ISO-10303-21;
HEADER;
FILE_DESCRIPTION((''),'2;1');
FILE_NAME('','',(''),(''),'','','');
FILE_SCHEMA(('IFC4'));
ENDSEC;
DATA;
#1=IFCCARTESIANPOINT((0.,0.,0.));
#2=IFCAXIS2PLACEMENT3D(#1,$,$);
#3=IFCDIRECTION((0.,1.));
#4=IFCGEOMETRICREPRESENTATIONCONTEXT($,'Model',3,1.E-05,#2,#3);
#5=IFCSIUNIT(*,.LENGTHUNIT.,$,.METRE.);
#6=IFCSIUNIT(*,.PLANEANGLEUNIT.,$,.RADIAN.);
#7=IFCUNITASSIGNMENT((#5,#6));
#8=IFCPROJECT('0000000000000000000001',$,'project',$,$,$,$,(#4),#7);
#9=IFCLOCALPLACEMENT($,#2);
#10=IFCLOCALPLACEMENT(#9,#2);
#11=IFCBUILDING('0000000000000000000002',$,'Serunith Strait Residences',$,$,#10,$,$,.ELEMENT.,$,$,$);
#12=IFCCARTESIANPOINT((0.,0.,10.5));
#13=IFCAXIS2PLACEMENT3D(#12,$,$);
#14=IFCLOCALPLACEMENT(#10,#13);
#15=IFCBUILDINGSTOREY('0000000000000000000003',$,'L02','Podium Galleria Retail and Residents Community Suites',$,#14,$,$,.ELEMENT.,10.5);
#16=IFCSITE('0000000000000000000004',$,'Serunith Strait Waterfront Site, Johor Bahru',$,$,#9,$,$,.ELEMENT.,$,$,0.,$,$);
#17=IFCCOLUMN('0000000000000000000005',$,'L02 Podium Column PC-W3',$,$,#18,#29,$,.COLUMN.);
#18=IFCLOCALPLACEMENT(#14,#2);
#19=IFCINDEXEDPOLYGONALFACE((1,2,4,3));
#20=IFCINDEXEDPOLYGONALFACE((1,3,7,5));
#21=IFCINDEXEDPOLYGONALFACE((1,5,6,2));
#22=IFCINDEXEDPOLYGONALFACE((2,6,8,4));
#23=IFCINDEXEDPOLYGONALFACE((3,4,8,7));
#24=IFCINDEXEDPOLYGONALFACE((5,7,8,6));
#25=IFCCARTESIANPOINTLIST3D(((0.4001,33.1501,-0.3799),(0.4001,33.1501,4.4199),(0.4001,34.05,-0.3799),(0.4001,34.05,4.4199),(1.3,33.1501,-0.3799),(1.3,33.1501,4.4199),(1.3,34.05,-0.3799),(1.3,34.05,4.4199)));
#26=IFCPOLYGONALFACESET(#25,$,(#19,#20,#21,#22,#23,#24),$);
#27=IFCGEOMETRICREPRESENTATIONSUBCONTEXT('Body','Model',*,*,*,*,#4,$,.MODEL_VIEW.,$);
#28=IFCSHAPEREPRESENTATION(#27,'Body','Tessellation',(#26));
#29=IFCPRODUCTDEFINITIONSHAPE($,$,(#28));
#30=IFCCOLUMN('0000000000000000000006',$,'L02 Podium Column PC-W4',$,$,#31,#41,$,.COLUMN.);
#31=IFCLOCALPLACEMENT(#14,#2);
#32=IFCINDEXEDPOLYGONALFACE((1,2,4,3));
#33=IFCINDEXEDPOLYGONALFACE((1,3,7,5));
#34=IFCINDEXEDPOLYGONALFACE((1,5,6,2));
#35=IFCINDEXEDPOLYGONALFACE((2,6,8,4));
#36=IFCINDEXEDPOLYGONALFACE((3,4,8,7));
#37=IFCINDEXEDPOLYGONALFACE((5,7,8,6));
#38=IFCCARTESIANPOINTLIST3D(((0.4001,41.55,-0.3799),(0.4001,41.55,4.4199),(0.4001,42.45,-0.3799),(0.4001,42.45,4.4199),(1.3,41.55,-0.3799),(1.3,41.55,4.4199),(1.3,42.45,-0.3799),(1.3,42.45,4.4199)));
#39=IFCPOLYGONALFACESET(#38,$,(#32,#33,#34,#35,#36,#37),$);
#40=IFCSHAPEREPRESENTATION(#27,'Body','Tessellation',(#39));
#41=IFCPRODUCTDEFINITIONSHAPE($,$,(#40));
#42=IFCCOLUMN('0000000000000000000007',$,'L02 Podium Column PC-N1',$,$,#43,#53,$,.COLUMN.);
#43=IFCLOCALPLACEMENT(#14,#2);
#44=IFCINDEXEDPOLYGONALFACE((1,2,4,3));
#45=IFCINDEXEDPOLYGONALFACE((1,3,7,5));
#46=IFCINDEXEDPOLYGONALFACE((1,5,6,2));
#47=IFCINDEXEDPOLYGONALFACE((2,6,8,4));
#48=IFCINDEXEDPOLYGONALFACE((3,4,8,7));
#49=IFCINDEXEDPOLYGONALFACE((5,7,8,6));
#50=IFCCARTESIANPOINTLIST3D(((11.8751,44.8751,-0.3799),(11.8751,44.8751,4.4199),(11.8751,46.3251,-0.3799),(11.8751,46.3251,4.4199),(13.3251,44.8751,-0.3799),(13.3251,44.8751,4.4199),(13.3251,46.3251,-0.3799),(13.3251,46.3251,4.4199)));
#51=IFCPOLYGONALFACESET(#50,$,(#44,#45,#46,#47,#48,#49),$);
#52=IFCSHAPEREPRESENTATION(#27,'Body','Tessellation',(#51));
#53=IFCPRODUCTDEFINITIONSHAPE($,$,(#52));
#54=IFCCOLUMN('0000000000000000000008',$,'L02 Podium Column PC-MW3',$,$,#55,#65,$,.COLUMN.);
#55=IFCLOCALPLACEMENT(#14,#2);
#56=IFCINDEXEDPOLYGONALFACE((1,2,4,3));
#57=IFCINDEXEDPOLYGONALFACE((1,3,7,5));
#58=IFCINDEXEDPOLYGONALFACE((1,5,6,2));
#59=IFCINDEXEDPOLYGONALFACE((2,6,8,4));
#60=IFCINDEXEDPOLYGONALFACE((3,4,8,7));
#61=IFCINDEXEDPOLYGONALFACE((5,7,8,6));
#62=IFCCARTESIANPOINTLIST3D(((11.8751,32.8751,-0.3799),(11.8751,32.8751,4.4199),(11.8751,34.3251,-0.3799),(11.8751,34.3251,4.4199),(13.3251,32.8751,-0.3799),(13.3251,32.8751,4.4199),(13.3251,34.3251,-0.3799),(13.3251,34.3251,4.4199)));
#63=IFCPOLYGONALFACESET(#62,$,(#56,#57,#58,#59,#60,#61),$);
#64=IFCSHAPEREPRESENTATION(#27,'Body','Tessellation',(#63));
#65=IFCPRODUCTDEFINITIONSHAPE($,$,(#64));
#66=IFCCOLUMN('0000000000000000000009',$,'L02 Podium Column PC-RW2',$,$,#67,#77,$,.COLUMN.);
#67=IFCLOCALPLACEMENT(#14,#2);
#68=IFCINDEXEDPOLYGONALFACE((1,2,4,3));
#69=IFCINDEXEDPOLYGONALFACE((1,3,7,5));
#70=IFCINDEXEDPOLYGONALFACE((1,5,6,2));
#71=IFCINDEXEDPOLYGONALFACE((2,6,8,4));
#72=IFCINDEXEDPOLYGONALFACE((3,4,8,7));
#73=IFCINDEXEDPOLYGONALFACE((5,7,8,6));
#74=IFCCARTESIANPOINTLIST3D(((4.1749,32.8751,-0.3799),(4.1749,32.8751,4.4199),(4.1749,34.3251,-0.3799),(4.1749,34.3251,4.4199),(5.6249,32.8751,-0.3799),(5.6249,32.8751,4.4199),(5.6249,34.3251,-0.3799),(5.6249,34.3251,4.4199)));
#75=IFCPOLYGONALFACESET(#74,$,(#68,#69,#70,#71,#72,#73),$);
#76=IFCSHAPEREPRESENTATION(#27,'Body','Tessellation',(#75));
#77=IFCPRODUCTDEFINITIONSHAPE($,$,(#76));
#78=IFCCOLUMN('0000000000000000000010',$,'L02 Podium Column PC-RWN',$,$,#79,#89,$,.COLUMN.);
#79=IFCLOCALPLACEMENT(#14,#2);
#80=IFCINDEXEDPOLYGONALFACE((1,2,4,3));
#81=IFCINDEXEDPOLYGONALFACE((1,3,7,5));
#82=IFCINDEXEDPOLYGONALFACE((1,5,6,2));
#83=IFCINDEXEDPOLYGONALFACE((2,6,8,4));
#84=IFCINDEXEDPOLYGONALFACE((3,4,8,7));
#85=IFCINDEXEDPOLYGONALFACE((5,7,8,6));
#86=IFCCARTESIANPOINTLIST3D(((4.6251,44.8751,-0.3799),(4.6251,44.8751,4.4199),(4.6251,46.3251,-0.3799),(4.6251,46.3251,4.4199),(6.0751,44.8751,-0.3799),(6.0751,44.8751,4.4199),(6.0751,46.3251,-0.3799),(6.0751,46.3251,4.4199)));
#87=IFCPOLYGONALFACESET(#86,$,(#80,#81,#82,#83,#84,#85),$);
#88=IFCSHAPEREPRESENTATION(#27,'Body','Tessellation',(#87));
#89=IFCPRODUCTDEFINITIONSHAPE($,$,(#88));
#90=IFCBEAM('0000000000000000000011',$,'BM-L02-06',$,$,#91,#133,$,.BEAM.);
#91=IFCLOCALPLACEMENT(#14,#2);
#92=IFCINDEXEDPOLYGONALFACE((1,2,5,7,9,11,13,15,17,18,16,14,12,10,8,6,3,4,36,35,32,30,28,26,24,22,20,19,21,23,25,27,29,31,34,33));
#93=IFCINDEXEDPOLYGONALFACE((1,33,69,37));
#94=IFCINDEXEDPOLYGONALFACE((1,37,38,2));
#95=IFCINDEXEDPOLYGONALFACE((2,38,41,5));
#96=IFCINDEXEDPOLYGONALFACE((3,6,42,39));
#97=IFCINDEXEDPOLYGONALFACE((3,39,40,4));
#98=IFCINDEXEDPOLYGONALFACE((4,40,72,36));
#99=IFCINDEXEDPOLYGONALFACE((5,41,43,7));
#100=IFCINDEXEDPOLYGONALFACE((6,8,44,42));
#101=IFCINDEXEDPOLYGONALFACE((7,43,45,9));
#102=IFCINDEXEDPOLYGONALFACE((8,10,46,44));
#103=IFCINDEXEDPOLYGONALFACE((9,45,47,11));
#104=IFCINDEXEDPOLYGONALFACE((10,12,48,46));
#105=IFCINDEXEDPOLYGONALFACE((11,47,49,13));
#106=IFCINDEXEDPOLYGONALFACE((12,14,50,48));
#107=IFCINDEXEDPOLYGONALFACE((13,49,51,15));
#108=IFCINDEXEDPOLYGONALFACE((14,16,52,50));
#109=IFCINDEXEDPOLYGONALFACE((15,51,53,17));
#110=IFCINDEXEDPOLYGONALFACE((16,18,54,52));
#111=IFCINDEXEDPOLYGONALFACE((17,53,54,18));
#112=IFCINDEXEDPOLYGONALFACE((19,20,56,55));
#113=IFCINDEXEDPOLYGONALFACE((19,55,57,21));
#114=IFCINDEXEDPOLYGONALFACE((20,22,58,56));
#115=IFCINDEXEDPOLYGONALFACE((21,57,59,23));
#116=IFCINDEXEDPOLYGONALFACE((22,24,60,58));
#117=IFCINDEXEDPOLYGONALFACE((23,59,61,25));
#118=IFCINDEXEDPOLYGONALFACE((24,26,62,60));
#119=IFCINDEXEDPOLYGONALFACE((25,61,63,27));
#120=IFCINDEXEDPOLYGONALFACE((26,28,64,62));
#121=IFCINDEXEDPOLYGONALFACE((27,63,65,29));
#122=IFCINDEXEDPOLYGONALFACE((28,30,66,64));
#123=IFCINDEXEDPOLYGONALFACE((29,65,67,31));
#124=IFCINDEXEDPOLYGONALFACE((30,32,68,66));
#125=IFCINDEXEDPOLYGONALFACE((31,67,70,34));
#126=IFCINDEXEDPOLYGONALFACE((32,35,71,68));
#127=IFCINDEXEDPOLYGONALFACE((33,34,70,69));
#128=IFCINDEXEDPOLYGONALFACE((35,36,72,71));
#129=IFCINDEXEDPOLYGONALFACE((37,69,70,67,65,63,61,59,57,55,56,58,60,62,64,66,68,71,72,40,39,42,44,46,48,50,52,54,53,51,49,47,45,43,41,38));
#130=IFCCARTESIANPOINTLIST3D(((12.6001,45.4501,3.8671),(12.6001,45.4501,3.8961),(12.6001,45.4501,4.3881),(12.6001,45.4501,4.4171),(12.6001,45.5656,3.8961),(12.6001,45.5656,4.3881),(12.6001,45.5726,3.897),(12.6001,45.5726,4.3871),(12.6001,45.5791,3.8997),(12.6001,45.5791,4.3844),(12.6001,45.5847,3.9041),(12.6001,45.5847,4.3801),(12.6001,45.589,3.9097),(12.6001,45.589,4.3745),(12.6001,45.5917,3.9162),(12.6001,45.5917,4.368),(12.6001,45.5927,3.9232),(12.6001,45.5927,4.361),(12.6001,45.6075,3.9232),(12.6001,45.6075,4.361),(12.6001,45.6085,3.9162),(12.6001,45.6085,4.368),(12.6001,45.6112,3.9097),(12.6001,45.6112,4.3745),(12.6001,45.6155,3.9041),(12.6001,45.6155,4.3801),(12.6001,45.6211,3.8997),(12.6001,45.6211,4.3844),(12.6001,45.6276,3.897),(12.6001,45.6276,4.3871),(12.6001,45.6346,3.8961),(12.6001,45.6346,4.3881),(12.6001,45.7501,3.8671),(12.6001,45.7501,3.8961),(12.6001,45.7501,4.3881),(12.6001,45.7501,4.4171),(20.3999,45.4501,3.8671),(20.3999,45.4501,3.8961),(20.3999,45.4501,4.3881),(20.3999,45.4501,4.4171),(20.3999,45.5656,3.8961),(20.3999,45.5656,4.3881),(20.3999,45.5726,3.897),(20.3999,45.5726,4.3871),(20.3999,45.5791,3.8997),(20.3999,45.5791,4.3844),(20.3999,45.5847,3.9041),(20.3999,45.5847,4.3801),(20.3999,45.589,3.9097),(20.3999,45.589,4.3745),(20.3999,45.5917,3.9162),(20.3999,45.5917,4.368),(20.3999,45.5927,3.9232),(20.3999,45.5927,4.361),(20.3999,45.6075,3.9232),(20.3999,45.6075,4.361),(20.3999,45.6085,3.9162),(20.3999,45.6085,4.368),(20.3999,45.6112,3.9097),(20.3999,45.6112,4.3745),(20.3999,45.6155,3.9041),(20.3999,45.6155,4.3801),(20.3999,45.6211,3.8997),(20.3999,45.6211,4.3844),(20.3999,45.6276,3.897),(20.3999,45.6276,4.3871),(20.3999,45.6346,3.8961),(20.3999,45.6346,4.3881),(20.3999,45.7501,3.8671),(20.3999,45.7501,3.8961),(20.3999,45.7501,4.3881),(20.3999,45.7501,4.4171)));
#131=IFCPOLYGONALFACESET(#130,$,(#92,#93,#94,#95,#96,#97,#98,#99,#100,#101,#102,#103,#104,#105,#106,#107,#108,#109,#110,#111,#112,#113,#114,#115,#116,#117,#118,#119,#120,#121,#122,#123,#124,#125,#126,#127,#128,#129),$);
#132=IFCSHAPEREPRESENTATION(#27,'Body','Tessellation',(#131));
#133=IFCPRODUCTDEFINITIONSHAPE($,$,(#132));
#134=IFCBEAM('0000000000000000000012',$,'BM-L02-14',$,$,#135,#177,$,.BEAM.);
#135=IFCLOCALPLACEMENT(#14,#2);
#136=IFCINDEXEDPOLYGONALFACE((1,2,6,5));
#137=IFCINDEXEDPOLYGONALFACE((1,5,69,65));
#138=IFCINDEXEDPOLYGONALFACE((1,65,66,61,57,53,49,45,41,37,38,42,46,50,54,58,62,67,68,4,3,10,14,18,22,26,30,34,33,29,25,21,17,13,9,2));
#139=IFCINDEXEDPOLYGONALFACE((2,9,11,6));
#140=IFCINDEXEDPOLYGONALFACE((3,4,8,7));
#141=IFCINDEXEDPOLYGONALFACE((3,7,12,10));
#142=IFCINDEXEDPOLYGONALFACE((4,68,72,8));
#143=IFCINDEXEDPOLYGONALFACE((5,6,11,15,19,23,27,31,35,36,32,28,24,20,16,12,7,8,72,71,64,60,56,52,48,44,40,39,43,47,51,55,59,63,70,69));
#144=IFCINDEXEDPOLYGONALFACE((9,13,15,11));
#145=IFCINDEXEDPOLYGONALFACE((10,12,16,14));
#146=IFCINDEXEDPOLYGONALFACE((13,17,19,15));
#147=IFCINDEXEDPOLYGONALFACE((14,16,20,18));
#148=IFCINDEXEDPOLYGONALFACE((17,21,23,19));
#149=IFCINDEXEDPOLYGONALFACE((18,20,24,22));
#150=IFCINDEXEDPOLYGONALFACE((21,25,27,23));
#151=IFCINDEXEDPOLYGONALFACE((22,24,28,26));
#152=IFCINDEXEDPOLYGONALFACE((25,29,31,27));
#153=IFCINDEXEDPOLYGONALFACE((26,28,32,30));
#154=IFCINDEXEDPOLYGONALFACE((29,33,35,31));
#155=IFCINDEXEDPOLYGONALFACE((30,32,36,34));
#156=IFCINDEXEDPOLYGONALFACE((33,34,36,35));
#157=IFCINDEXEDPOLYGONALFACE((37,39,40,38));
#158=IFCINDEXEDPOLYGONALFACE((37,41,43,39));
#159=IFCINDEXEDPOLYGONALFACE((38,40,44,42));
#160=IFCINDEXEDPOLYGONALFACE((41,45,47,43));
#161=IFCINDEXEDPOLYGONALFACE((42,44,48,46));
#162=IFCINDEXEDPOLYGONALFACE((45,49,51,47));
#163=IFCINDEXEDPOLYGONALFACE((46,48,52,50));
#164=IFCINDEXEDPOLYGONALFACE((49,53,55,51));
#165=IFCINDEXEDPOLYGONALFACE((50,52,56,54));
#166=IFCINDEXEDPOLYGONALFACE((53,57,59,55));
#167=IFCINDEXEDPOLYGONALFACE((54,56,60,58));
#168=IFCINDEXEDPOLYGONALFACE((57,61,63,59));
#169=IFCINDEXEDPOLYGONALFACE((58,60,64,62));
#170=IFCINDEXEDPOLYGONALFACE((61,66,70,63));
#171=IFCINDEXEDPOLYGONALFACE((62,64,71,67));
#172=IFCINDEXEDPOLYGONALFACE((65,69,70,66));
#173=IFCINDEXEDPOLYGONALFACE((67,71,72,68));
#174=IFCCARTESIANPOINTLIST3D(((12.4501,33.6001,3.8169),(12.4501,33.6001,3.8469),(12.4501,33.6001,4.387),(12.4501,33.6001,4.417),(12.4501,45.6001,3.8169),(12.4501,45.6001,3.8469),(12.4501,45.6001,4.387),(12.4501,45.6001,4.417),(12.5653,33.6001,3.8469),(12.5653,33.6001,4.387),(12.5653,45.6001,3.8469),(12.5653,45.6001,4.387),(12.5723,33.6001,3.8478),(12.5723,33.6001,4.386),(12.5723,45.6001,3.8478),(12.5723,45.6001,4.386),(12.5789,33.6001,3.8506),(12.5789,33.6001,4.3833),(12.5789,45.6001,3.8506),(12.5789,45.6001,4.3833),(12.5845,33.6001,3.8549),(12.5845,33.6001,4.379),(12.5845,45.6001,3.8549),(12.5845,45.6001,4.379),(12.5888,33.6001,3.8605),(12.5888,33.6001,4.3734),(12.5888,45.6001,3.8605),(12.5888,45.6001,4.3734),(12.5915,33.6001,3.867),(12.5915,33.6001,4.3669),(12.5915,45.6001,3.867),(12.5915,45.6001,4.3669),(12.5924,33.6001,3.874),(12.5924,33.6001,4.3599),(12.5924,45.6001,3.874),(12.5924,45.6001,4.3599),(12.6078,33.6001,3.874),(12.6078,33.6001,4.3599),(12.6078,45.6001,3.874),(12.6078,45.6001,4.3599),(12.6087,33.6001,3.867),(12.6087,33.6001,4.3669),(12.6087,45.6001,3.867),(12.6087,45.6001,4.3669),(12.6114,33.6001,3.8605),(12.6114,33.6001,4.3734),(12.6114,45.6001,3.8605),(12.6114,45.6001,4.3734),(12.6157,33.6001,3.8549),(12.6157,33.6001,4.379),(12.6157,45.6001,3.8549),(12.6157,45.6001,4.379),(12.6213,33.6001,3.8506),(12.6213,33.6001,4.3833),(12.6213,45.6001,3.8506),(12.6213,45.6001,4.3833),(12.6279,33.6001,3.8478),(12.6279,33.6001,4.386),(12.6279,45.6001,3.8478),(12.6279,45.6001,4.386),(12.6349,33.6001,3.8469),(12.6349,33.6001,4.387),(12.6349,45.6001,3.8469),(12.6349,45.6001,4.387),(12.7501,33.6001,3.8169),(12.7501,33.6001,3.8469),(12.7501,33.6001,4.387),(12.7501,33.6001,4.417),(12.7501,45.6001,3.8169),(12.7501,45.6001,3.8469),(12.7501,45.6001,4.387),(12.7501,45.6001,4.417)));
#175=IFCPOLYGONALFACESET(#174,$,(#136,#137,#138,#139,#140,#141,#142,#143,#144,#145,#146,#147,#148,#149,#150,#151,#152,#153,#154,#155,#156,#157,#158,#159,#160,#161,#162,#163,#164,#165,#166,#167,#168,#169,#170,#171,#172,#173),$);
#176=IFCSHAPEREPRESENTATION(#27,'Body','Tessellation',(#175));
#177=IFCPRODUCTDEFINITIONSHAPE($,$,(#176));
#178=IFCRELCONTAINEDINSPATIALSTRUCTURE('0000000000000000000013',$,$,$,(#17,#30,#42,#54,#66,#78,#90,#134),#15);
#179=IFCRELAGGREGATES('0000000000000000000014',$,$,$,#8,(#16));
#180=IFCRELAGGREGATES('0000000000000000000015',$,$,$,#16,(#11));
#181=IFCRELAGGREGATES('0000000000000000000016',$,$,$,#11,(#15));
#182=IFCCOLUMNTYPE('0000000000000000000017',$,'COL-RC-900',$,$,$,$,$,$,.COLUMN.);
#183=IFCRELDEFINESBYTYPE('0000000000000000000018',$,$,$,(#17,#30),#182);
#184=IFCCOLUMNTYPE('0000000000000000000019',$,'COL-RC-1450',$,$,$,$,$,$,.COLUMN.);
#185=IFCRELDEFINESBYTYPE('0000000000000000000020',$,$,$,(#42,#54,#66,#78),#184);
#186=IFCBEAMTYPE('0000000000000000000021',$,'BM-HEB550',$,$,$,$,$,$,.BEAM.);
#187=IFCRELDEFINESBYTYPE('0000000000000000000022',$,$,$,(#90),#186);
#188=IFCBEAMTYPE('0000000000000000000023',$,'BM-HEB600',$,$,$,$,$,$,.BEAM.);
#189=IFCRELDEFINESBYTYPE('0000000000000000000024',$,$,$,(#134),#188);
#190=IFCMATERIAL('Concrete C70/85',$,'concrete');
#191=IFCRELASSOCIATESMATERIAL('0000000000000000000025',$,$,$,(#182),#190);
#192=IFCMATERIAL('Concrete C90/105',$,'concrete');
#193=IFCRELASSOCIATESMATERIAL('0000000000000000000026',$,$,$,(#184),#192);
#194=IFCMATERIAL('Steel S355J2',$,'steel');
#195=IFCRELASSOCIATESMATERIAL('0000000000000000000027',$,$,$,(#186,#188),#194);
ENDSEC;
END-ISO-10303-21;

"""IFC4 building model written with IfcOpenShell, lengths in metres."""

from ifc_helpers import new_model, si_unit, direction, frame, origin, origin_2d, place, context, subcontext, project, spatial, rectangle, i_section, extrude, source, transform, mapped, material, material_profile, profile_set, type_object, element, save


model = new_model("IFC4")

# Units and contexts
model_context = context("Model", 3, precision=1e-05, world=origin(), true_north=direction((0.0, 1.0)))
body_context = subcontext(model_context, "Body", "Model", "MODEL_VIEW")
ifc_project = project(units=[si_unit("LENGTHUNIT", "METRE"), si_unit("PLANEANGLEUNIT", "RADIAN")], contexts=[model_context])

# Site, building, storey
site_placement = place(None, origin())
site = spatial("IfcSite", under=ifc_project, at=site_placement, Name="Serunith Strait Waterfront Site, Johor Bahru", CompositionType="ELEMENT", RefElevation=0.0)
building_placement = place(site_placement, origin())
building = spatial("IfcBuilding", under=site, at=building_placement, Name="Serunith Strait Residences", CompositionType="ELEMENT")
storey_placement = place(building_placement, frame((0.0, 0.0, 10.5)))
storey = spatial("IfcBuildingStorey", under=building, at=storey_placement, Name="L02", Description="Podium Galleria Retail and Residents Community Suites", CompositionType="ELEMENT", Elevation=10.5)

# Columns
ifc_material_1 = material(Name="Concrete C70/85", Category="concrete")
ifc_material_profile_1 = material_profile(ifc_material_1, rectangle(XDim=0.8999, YDim=0.8999, at=origin_2d()), Name="RC 900x900")
ifc_profile_set_1 = profile_set([ifc_material_profile_1], Name="Concrete C70/85")
column_type_1 = type_object("IfcColumnType", Name="COL-RC-900", PredefinedType="COLUMN", material=ifc_profile_set_1)
shared_shape_1 = source(origin(), body_context, "Body", "SweptSolid", [
    extrude(rectangle(XDim=0.8999, YDim=0.8999, at=origin_2d()), origin(), (0.0, 0.0, 1.0), 4.7998),
])
for number, where, z_axis, x_axis, name in (
    (1, (0.8501, 33.6001, -0.3799), (0.0, 0.0, 1.0), (1.0, 0.0, 0.0), "L02 Podium Column PC-W3"),
    (2, (0.8501, 42.0, -0.3799), (0.0, 0.0, 1.0), (1.0, 0.0, 0.0), "L02 Podium Column PC-W4"),
):
    element("IfcColumn", number, at=place(storey_placement, frame(where, z_axis=z_axis, x_axis=x_axis)), inside=storey, type_object=column_type_1, Name=name, PredefinedType="COLUMN", context=body_context, shape_type="MappedRepresentation", body=[
        mapped(shared_shape_1, transform((0.0, 0.0, 0.0), scale=1.0)),
    ])
ifc_material_2 = material(Name="Concrete C90/105", Category="concrete")
ifc_material_profile_2 = material_profile(ifc_material_2, rectangle(XDim=1.45, YDim=1.45, at=origin_2d()), Name="RC 1450x1450")
ifc_profile_set_2 = profile_set([ifc_material_profile_2], Name="Concrete C90/105")
column_type_2 = type_object("IfcColumnType", Name="COL-RC-1450", PredefinedType="COLUMN", material=ifc_profile_set_2)
shared_shape_2 = source(origin(), body_context, "Body", "SweptSolid", [
    extrude(rectangle(XDim=1.45, YDim=1.45, at=origin_2d()), origin(), (0.0, 0.0, 1.0), 4.7998),
])
for number, where, z_axis, x_axis, name in (
    (3, (12.6001, 45.6001, -0.3799), (0.0, 0.0, 1.0), (1.0, 0.0, 0.0), "L02 Podium Column PC-N1"),
    (4, (12.6001, 33.6001, -0.3799), (0.0, 0.0, 1.0), (1.0, 0.0, 0.0), "L02 Podium Column PC-MW3"),
    (5, (4.8999, 33.6001, -0.3799), (0.0, 0.0, 1.0), (1.0, 0.0, 0.0), "L02 Podium Column PC-RW2"),
    (6, (5.3501, 45.6001, -0.3799), (0.0, 0.0, 1.0), (1.0, 0.0, 0.0), "L02 Podium Column PC-RWN"),
):
    element("IfcColumn", number, at=place(storey_placement, frame(where, z_axis=z_axis, x_axis=x_axis)), inside=storey, type_object=column_type_2, Name=name, PredefinedType="COLUMN", context=body_context, shape_type="MappedRepresentation", body=[
        mapped(shared_shape_2, transform((0.0, 0.0, 0.0), scale=1.0)),
    ])

# Beams
ifc_material_3 = material(Name="Steel S355J2", Category="steel")
ifc_material_profile_3 = material_profile(ifc_material_3, i_section(OverallWidth=0.3, OverallDepth=0.55, WebThickness=0.0149, FlangeThickness=0.0291, FilletRadius=0.0271, at=origin_2d()), Name="HEB 550")
ifc_profile_set_3 = profile_set([ifc_material_profile_3], Name="Steel S355J2")
beam_type_1 = type_object("IfcBeamType", Name="BM-HEB550", PredefinedType="BEAM", material=ifc_profile_set_3)
shared_shape_3 = source(origin(), body_context, "Body", "SweptSolid", [
    extrude(i_section(OverallWidth=0.3, OverallDepth=0.55, WebThickness=0.0149, FlangeThickness=0.0291, FilletRadius=0.0271, at=origin_2d()), origin(), (0.0, 0.0, 1.0), 7.7998),
])
beam_1_placement = place(storey_placement, frame((12.6001, 45.6001, 4.1421), z_axis=(1.0, 0.0, 0.0), x_axis=(0.0, 1.0, 0.0)))
element("IfcBeam", 7, at=beam_1_placement, inside=storey, type_object=beam_type_1, Name="BM-L02-06", PredefinedType="BEAM", context=body_context, shape_type="MappedRepresentation", body=[
    mapped(shared_shape_3, transform((0.0, 0.0, 0.0), scale=1.0)),
])
ifc_material_profile_4 = material_profile(ifc_material_3, i_section(OverallWidth=0.3, OverallDepth=0.6001, WebThickness=0.0154, FlangeThickness=0.03, FilletRadius=0.0271, at=origin_2d()), Name="HEB 600")
ifc_profile_set_4 = profile_set([ifc_material_profile_4], Name="Steel S355J2")
beam_type_2 = type_object("IfcBeamType", Name="BM-HEB600", PredefinedType="BEAM", material=ifc_profile_set_4)
shared_shape_4 = source(origin(), body_context, "Body", "SweptSolid", [
    extrude(i_section(OverallWidth=0.3, OverallDepth=0.6001, WebThickness=0.0154, FlangeThickness=0.03, FilletRadius=0.0271, at=origin_2d()), origin(), (0.0, 0.0, 1.0), 12.0),
])
beam_2_placement = place(storey_placement, frame((12.6001, 33.6001, 4.1169), z_axis=(0.0, 1.0, 0.0), x_axis=(-1.0, 0.0, 0.0)))
element("IfcBeam", 8, at=beam_2_placement, inside=storey, type_object=beam_type_2, Name="BM-L02-14", PredefinedType="BEAM", context=body_context, shape_type="MappedRepresentation", body=[
    mapped(shared_shape_4, transform((0.0, 0.0, 0.0), scale=1.0)),
])

save(model, "model.ifc")
